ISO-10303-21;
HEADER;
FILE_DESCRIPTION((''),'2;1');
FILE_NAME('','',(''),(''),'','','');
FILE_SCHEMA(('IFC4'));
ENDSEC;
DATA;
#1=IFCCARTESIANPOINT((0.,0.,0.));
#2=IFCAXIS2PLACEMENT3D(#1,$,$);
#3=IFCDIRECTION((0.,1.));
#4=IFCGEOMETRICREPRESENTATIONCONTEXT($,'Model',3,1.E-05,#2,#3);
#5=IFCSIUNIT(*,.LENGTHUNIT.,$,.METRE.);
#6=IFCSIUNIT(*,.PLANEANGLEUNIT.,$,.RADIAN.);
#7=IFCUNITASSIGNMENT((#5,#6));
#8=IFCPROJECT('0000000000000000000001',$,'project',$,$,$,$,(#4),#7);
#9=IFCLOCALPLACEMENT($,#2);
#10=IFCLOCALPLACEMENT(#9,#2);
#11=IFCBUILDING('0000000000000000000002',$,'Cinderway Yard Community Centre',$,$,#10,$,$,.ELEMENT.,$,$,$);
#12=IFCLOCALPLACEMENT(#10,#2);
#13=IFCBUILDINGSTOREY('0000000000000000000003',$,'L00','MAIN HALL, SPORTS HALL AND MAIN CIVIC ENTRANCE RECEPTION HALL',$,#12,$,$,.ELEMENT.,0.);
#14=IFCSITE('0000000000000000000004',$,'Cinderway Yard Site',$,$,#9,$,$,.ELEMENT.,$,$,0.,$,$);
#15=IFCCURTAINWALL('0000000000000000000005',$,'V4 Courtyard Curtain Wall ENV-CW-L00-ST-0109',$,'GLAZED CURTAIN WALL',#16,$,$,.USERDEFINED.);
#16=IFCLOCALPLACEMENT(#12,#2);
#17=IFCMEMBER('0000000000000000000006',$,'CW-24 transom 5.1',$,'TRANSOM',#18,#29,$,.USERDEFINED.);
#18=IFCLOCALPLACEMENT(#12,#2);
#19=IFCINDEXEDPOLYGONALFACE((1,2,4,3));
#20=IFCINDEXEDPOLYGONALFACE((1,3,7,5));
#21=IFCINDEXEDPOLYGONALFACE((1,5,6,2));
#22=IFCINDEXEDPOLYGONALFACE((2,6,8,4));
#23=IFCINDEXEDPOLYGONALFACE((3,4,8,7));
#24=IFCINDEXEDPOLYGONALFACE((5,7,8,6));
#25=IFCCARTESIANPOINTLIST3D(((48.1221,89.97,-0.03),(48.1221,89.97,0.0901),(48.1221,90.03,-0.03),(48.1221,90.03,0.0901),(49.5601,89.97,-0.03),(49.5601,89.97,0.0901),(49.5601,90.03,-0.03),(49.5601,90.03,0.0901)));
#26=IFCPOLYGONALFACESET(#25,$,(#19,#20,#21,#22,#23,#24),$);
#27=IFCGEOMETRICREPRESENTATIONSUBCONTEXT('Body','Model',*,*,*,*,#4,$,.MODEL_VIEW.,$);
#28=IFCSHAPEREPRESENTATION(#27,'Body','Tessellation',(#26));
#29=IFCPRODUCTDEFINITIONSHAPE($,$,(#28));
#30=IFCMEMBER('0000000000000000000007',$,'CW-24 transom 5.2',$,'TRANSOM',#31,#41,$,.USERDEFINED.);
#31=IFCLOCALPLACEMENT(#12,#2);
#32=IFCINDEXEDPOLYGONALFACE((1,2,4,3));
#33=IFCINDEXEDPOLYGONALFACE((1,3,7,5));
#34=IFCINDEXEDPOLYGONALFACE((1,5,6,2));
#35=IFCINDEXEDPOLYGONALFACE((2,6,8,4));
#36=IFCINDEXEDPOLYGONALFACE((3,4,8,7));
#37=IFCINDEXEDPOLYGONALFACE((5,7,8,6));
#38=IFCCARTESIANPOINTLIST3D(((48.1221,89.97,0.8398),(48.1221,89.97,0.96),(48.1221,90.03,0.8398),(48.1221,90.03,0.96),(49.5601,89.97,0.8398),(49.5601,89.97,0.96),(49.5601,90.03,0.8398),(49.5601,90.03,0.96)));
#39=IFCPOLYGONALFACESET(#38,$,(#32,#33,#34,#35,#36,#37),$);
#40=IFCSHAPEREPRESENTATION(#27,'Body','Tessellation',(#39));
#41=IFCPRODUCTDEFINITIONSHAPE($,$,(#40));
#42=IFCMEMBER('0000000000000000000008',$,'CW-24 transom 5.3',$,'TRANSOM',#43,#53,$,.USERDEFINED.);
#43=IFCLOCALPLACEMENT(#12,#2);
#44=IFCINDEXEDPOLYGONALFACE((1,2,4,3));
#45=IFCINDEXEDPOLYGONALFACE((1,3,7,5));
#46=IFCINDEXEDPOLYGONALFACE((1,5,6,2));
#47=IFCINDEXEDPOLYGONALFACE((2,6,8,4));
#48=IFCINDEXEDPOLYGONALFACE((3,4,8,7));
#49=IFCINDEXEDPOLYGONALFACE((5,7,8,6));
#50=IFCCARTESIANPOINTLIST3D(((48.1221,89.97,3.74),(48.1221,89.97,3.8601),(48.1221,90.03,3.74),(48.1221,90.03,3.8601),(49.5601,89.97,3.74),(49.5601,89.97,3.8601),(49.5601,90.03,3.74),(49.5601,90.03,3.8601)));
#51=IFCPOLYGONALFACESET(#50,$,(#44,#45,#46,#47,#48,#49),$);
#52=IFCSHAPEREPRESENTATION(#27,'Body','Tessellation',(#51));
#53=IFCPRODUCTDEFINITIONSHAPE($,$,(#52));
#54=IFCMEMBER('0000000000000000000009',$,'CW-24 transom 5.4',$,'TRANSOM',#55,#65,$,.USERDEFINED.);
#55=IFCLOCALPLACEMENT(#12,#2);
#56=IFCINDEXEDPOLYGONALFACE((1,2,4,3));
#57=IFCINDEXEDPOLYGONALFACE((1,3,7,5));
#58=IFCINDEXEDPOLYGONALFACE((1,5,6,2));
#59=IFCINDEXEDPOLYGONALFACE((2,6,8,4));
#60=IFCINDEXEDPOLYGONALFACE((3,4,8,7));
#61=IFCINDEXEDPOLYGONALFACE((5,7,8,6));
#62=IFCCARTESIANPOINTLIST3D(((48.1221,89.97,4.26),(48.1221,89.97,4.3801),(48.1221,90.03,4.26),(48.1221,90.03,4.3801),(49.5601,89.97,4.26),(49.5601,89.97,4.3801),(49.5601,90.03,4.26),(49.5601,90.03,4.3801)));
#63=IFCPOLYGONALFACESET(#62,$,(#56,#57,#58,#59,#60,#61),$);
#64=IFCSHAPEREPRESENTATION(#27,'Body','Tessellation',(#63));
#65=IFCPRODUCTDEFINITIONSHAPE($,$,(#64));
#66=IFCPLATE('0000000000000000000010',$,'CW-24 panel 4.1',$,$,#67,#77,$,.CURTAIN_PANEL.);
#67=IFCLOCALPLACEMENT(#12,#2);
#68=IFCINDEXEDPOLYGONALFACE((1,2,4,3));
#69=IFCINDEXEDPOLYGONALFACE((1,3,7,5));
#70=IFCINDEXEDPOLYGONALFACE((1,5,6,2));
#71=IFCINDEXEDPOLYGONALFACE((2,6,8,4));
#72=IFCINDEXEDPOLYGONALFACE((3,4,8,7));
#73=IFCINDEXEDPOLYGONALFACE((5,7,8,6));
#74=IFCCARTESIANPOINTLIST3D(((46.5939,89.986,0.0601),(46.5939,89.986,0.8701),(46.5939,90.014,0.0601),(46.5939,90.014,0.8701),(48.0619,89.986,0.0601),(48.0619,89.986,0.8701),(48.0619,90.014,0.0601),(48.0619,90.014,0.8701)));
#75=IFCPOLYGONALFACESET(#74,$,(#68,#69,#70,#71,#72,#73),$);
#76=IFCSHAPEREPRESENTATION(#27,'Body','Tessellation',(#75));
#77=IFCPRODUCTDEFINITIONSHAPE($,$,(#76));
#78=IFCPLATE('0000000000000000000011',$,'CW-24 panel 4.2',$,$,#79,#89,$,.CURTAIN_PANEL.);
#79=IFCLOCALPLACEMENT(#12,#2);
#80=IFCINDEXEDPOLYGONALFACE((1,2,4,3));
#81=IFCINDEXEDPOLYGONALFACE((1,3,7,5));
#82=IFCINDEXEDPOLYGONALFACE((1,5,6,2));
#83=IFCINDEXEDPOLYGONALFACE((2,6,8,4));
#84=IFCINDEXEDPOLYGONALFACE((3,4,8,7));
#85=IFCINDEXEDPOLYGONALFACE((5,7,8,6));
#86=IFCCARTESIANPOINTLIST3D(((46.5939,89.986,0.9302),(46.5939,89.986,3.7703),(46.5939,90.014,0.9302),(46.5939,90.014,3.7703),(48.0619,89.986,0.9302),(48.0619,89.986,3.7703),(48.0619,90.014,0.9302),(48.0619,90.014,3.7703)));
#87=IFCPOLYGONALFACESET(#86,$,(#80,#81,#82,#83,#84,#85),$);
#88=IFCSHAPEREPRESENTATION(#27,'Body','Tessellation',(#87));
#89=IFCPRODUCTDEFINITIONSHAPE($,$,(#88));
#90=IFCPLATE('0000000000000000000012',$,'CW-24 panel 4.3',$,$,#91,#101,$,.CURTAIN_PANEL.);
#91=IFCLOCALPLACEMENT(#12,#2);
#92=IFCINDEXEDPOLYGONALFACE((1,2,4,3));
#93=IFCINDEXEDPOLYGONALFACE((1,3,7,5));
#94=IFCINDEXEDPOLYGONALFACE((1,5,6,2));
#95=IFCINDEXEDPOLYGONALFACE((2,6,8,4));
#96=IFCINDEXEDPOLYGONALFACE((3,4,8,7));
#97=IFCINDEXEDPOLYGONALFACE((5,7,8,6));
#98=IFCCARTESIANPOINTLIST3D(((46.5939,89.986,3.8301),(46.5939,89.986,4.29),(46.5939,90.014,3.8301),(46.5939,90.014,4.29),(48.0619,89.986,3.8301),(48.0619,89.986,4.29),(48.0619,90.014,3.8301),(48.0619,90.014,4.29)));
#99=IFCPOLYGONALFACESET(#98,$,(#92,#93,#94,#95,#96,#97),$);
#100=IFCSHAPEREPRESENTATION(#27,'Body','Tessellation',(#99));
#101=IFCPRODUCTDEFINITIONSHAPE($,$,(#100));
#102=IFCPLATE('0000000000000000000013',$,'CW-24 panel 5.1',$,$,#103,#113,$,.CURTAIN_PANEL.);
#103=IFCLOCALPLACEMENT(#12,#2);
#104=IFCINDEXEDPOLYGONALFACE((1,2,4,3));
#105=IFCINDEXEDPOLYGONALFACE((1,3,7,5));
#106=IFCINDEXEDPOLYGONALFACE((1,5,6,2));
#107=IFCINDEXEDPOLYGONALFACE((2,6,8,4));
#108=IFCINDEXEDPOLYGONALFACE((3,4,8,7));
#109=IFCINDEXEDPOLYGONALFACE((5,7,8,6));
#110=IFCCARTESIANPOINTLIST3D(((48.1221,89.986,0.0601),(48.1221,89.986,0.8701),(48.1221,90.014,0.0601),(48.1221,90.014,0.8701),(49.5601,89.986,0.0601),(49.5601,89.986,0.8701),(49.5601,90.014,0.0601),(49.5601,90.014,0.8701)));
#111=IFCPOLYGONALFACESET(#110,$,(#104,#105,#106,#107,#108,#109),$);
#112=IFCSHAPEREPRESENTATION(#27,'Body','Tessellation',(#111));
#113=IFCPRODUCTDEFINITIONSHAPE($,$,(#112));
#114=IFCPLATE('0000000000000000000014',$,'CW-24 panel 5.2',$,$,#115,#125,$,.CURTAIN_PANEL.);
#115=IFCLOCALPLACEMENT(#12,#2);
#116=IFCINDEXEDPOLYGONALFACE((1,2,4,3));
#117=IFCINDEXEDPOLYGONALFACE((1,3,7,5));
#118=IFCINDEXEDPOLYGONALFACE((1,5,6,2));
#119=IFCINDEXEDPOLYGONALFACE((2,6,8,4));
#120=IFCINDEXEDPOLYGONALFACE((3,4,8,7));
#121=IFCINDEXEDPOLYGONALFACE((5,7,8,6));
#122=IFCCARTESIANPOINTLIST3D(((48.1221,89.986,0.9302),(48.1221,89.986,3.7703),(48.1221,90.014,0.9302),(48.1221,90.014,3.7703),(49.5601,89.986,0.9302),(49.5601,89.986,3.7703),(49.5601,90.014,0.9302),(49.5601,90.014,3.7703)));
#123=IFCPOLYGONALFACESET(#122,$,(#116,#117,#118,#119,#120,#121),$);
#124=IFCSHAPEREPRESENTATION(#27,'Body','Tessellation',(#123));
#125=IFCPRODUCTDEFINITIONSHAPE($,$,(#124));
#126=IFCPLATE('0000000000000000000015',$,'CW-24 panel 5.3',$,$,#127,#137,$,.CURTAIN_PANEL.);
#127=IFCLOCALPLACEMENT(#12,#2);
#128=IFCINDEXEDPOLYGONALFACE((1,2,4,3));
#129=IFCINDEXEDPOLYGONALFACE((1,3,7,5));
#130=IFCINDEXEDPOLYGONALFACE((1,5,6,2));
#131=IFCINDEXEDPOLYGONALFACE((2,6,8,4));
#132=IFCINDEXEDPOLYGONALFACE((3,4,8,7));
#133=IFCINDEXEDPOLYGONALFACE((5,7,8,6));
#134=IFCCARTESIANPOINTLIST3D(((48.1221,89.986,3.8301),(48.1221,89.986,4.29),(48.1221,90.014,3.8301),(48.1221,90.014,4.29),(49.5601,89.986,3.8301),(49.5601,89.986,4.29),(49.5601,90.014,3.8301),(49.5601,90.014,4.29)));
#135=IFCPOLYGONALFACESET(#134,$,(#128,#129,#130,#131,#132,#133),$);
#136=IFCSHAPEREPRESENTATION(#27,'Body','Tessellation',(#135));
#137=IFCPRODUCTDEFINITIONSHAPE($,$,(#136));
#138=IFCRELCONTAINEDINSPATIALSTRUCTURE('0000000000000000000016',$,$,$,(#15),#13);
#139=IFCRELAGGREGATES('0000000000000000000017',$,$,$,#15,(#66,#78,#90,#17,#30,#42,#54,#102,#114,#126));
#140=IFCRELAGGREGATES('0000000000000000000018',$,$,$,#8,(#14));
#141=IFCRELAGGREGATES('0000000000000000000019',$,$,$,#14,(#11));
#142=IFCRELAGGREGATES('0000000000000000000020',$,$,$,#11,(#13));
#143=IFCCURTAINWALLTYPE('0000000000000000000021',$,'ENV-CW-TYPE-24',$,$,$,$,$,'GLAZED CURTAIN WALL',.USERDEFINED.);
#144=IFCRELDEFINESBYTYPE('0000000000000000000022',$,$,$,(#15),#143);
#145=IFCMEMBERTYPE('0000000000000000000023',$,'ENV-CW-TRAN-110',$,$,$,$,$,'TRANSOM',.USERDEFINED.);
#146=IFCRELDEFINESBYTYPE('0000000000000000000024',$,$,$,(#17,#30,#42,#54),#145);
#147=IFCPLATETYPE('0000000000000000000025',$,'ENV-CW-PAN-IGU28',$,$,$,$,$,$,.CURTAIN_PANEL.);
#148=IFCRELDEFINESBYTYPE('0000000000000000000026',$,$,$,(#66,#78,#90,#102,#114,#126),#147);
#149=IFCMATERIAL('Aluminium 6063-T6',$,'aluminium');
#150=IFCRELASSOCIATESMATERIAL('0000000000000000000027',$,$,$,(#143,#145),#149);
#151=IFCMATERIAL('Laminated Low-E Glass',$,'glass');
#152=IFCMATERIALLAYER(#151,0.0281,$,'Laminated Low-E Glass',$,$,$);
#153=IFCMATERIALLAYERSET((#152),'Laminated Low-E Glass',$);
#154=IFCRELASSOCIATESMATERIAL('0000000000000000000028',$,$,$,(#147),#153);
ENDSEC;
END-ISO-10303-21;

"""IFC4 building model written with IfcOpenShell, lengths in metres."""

from ifc_helpers import new_model, si_unit, direction, frame, origin, origin_2d, place, context, subcontext, project, spatial, rectangle, extrude, material, layer, layer_set, material_profile, profile_set, type_object, element, aggregate, save


model = new_model("IFC4")

# Units and contexts
model_context = context("Model", 3, precision=1e-05, world=origin(), true_north=direction((0.0, 1.0)))
body_context = subcontext(model_context, "Body", "Model", "MODEL_VIEW")
ifc_project = project(units=[si_unit("LENGTHUNIT", "METRE"), si_unit("PLANEANGLEUNIT", "RADIAN")], contexts=[model_context])

# Site, building, storey
site_placement = place(None, origin())
site = spatial("IfcSite", under=ifc_project, at=site_placement, Name="Cinderway Yard Site", CompositionType="ELEMENT", RefElevation=0.0)
building_placement = place(site_placement, origin())
building = spatial("IfcBuilding", under=site, at=building_placement, Name="Cinderway Yard Community Centre", CompositionType="ELEMENT")
storey_placement = place(building_placement, origin())
storey = spatial("IfcBuildingStorey", under=building, at=storey_placement, Name="L00", Description="MAIN HALL, SPORTS HALL AND MAIN CIVIC ENTRANCE RECEPTION HALL", CompositionType="ELEMENT", Elevation=0.0)

# Curtain wall
ifc_material_1 = material(Name="Aluminium 6063-T6", Category="aluminium")
curtain_wall_type = type_object("IfcCurtainWallType", Name="ENV-CW-TYPE-24", ElementType="GLAZED CURTAIN WALL", PredefinedType="USERDEFINED", material=ifc_material_1)
curtain_wall_1_placement = place(storey_placement, origin())
curtain_wall_1 = element("IfcCurtainWall", 1, at=curtain_wall_1_placement, inside=storey, type_object=curtain_wall_type, Name="V4 Courtyard Curtain Wall ENV-CW-L00-ST-0109", ObjectType="GLAZED CURTAIN WALL", PredefinedType="USERDEFINED")

# Members
ifc_material_profile_1 = material_profile(ifc_material_1, rectangle(XDim=0.0601, YDim=0.1201, at=origin_2d()), Name="Aluminium 6063-T6")
ifc_profile_set_1 = profile_set([ifc_material_profile_1], Name="Aluminium 6063-T6")
member_type_1 = type_object("IfcMemberType", Name="ENV-CW-TRAN-110", ElementType="TRANSOM", PredefinedType="USERDEFINED", material=ifc_profile_set_1)
member_1_placement = place(storey_placement, frame((48.1221, 90.0, 0.03), z_axis=(1.0, 0.0, 0.0), x_axis=(0.0, 1.0, 0.0)))
member_1 = element("IfcMember", 2, at=member_1_placement, type_object=member_type_1, Name="CW-24 transom 5.1", ObjectType="TRANSOM", PredefinedType="USERDEFINED", context=body_context, shape_type="SweptSolid", body=[
    extrude(rectangle(XDim=0.0601, YDim=0.1201, at=origin_2d()), origin(), (0.0, 0.0, 1.0), 1.438),
])
member_2_placement = place(storey_placement, frame((48.1221, 90.0, 0.8999), z_axis=(1.0, 0.0, 0.0), x_axis=(0.0, 1.0, 0.0)))
member_2 = element("IfcMember", 3, at=member_2_placement, type_object=member_type_1, Name="CW-24 transom 5.2", ObjectType="TRANSOM", PredefinedType="USERDEFINED", context=body_context, shape_type="SweptSolid", body=[
    extrude(rectangle(XDim=0.0601, YDim=0.1201, at=origin_2d()), origin(), (0.0, 0.0, 1.0), 1.438),
])
member_3_placement = place(storey_placement, frame((48.1221, 90.0, 3.8), z_axis=(1.0, 0.0, 0.0), x_axis=(0.0, 1.0, 0.0)))
member_3 = element("IfcMember", 4, at=member_3_placement, type_object=member_type_1, Name="CW-24 transom 5.3", ObjectType="TRANSOM", PredefinedType="USERDEFINED", context=body_context, shape_type="SweptSolid", body=[
    extrude(rectangle(XDim=0.0601, YDim=0.1201, at=origin_2d()), origin(), (0.0, 0.0, 1.0), 1.438),
])
member_4_placement = place(storey_placement, frame((48.1221, 90.0, 4.3201), z_axis=(1.0, 0.0, 0.0), x_axis=(0.0, 1.0, 0.0)))
member_4 = element("IfcMember", 5, at=member_4_placement, type_object=member_type_1, Name="CW-24 transom 5.4", ObjectType="TRANSOM", PredefinedType="USERDEFINED", context=body_context, shape_type="SweptSolid", body=[
    extrude(rectangle(XDim=0.0601, YDim=0.1201, at=origin_2d()), origin(), (0.0, 0.0, 1.0), 1.438),
])

# Plates
ifc_material_2 = material(Name="Laminated Low-E Glass", Category="glass")
ifc_layer = layer(ifc_material_2, 0.0281, Name="Laminated Low-E Glass")
ifc_layer_set = layer_set([ifc_layer], Name="Laminated Low-E Glass")
plate_type = type_object("IfcPlateType", Name="ENV-CW-PAN-IGU28", PredefinedType="CURTAIN_PANEL", material=ifc_layer_set)
plate_1_placement = place(storey_placement, frame((47.3279, 90.0, 0.0601), z_axis=(0.0, 0.0, 1.0), x_axis=(1.0, 0.0, 0.0)))
plate_1 = element("IfcPlate", 6, at=plate_1_placement, type_object=plate_type, Name="CW-24 panel 4.1", PredefinedType="CURTAIN_PANEL", context=body_context, shape_type="SweptSolid", body=[
    extrude(rectangle(XDim=1.468, YDim=0.0281, at=origin_2d()), origin(), (0.0, 0.0, 1.0), 0.8101),
])
plate_2_placement = place(storey_placement, frame((47.3279, 90.0, 0.9302), z_axis=(0.0, 0.0, 1.0), x_axis=(1.0, 0.0, 0.0)))
plate_2 = element("IfcPlate", 7, at=plate_2_placement, type_object=plate_type, Name="CW-24 panel 4.2", PredefinedType="CURTAIN_PANEL", context=body_context, shape_type="SweptSolid", body=[
    extrude(rectangle(XDim=1.468, YDim=0.0281, at=origin_2d()), origin(), (0.0, 0.0, 1.0), 2.8401),
])
plate_3_placement = place(storey_placement, frame((47.3279, 90.0, 3.8301), z_axis=(0.0, 0.0, 1.0), x_axis=(1.0, 0.0, 0.0)))
plate_3 = element("IfcPlate", 8, at=plate_3_placement, type_object=plate_type, Name="CW-24 panel 4.3", PredefinedType="CURTAIN_PANEL", context=body_context, shape_type="SweptSolid", body=[
    extrude(rectangle(XDim=1.468, YDim=0.0281, at=origin_2d()), origin(), (0.0, 0.0, 1.0), 0.46),
])
plate_4_placement = place(storey_placement, frame((48.8411, 90.0, 0.0601), z_axis=(0.0, 0.0, 1.0), x_axis=(1.0, 0.0, 0.0)))
plate_4 = element("IfcPlate", 9, at=plate_4_placement, type_object=plate_type, Name="CW-24 panel 5.1", PredefinedType="CURTAIN_PANEL", context=body_context, shape_type="SweptSolid", body=[
    extrude(rectangle(XDim=1.438, YDim=0.0281, at=origin_2d()), origin(), (0.0, 0.0, 1.0), 0.8101),
])
plate_5_placement = place(storey_placement, frame((48.8411, 90.0, 0.9302), z_axis=(0.0, 0.0, 1.0), x_axis=(1.0, 0.0, 0.0)))
plate_5 = element("IfcPlate", 10, at=plate_5_placement, type_object=plate_type, Name="CW-24 panel 5.2", PredefinedType="CURTAIN_PANEL", context=body_context, shape_type="SweptSolid", body=[
    extrude(rectangle(XDim=1.438, YDim=0.0281, at=origin_2d()), origin(), (0.0, 0.0, 1.0), 2.8401),
])
plate_6_placement = place(storey_placement, frame((48.8411, 90.0, 3.8301), z_axis=(0.0, 0.0, 1.0), x_axis=(1.0, 0.0, 0.0)))
plate_6 = element("IfcPlate", 11, at=plate_6_placement, type_object=plate_type, Name="CW-24 panel 5.3", PredefinedType="CURTAIN_PANEL", context=body_context, shape_type="SweptSolid", body=[
    extrude(rectangle(XDim=1.438, YDim=0.0281, at=origin_2d()), origin(), (0.0, 0.0, 1.0), 0.46),
])
aggregate(curtain_wall_1, [plate_1, plate_2, plate_3, member_1, member_2, member_3, member_4, plate_4, plate_5, plate_6])

save(model, "model.ifc")
